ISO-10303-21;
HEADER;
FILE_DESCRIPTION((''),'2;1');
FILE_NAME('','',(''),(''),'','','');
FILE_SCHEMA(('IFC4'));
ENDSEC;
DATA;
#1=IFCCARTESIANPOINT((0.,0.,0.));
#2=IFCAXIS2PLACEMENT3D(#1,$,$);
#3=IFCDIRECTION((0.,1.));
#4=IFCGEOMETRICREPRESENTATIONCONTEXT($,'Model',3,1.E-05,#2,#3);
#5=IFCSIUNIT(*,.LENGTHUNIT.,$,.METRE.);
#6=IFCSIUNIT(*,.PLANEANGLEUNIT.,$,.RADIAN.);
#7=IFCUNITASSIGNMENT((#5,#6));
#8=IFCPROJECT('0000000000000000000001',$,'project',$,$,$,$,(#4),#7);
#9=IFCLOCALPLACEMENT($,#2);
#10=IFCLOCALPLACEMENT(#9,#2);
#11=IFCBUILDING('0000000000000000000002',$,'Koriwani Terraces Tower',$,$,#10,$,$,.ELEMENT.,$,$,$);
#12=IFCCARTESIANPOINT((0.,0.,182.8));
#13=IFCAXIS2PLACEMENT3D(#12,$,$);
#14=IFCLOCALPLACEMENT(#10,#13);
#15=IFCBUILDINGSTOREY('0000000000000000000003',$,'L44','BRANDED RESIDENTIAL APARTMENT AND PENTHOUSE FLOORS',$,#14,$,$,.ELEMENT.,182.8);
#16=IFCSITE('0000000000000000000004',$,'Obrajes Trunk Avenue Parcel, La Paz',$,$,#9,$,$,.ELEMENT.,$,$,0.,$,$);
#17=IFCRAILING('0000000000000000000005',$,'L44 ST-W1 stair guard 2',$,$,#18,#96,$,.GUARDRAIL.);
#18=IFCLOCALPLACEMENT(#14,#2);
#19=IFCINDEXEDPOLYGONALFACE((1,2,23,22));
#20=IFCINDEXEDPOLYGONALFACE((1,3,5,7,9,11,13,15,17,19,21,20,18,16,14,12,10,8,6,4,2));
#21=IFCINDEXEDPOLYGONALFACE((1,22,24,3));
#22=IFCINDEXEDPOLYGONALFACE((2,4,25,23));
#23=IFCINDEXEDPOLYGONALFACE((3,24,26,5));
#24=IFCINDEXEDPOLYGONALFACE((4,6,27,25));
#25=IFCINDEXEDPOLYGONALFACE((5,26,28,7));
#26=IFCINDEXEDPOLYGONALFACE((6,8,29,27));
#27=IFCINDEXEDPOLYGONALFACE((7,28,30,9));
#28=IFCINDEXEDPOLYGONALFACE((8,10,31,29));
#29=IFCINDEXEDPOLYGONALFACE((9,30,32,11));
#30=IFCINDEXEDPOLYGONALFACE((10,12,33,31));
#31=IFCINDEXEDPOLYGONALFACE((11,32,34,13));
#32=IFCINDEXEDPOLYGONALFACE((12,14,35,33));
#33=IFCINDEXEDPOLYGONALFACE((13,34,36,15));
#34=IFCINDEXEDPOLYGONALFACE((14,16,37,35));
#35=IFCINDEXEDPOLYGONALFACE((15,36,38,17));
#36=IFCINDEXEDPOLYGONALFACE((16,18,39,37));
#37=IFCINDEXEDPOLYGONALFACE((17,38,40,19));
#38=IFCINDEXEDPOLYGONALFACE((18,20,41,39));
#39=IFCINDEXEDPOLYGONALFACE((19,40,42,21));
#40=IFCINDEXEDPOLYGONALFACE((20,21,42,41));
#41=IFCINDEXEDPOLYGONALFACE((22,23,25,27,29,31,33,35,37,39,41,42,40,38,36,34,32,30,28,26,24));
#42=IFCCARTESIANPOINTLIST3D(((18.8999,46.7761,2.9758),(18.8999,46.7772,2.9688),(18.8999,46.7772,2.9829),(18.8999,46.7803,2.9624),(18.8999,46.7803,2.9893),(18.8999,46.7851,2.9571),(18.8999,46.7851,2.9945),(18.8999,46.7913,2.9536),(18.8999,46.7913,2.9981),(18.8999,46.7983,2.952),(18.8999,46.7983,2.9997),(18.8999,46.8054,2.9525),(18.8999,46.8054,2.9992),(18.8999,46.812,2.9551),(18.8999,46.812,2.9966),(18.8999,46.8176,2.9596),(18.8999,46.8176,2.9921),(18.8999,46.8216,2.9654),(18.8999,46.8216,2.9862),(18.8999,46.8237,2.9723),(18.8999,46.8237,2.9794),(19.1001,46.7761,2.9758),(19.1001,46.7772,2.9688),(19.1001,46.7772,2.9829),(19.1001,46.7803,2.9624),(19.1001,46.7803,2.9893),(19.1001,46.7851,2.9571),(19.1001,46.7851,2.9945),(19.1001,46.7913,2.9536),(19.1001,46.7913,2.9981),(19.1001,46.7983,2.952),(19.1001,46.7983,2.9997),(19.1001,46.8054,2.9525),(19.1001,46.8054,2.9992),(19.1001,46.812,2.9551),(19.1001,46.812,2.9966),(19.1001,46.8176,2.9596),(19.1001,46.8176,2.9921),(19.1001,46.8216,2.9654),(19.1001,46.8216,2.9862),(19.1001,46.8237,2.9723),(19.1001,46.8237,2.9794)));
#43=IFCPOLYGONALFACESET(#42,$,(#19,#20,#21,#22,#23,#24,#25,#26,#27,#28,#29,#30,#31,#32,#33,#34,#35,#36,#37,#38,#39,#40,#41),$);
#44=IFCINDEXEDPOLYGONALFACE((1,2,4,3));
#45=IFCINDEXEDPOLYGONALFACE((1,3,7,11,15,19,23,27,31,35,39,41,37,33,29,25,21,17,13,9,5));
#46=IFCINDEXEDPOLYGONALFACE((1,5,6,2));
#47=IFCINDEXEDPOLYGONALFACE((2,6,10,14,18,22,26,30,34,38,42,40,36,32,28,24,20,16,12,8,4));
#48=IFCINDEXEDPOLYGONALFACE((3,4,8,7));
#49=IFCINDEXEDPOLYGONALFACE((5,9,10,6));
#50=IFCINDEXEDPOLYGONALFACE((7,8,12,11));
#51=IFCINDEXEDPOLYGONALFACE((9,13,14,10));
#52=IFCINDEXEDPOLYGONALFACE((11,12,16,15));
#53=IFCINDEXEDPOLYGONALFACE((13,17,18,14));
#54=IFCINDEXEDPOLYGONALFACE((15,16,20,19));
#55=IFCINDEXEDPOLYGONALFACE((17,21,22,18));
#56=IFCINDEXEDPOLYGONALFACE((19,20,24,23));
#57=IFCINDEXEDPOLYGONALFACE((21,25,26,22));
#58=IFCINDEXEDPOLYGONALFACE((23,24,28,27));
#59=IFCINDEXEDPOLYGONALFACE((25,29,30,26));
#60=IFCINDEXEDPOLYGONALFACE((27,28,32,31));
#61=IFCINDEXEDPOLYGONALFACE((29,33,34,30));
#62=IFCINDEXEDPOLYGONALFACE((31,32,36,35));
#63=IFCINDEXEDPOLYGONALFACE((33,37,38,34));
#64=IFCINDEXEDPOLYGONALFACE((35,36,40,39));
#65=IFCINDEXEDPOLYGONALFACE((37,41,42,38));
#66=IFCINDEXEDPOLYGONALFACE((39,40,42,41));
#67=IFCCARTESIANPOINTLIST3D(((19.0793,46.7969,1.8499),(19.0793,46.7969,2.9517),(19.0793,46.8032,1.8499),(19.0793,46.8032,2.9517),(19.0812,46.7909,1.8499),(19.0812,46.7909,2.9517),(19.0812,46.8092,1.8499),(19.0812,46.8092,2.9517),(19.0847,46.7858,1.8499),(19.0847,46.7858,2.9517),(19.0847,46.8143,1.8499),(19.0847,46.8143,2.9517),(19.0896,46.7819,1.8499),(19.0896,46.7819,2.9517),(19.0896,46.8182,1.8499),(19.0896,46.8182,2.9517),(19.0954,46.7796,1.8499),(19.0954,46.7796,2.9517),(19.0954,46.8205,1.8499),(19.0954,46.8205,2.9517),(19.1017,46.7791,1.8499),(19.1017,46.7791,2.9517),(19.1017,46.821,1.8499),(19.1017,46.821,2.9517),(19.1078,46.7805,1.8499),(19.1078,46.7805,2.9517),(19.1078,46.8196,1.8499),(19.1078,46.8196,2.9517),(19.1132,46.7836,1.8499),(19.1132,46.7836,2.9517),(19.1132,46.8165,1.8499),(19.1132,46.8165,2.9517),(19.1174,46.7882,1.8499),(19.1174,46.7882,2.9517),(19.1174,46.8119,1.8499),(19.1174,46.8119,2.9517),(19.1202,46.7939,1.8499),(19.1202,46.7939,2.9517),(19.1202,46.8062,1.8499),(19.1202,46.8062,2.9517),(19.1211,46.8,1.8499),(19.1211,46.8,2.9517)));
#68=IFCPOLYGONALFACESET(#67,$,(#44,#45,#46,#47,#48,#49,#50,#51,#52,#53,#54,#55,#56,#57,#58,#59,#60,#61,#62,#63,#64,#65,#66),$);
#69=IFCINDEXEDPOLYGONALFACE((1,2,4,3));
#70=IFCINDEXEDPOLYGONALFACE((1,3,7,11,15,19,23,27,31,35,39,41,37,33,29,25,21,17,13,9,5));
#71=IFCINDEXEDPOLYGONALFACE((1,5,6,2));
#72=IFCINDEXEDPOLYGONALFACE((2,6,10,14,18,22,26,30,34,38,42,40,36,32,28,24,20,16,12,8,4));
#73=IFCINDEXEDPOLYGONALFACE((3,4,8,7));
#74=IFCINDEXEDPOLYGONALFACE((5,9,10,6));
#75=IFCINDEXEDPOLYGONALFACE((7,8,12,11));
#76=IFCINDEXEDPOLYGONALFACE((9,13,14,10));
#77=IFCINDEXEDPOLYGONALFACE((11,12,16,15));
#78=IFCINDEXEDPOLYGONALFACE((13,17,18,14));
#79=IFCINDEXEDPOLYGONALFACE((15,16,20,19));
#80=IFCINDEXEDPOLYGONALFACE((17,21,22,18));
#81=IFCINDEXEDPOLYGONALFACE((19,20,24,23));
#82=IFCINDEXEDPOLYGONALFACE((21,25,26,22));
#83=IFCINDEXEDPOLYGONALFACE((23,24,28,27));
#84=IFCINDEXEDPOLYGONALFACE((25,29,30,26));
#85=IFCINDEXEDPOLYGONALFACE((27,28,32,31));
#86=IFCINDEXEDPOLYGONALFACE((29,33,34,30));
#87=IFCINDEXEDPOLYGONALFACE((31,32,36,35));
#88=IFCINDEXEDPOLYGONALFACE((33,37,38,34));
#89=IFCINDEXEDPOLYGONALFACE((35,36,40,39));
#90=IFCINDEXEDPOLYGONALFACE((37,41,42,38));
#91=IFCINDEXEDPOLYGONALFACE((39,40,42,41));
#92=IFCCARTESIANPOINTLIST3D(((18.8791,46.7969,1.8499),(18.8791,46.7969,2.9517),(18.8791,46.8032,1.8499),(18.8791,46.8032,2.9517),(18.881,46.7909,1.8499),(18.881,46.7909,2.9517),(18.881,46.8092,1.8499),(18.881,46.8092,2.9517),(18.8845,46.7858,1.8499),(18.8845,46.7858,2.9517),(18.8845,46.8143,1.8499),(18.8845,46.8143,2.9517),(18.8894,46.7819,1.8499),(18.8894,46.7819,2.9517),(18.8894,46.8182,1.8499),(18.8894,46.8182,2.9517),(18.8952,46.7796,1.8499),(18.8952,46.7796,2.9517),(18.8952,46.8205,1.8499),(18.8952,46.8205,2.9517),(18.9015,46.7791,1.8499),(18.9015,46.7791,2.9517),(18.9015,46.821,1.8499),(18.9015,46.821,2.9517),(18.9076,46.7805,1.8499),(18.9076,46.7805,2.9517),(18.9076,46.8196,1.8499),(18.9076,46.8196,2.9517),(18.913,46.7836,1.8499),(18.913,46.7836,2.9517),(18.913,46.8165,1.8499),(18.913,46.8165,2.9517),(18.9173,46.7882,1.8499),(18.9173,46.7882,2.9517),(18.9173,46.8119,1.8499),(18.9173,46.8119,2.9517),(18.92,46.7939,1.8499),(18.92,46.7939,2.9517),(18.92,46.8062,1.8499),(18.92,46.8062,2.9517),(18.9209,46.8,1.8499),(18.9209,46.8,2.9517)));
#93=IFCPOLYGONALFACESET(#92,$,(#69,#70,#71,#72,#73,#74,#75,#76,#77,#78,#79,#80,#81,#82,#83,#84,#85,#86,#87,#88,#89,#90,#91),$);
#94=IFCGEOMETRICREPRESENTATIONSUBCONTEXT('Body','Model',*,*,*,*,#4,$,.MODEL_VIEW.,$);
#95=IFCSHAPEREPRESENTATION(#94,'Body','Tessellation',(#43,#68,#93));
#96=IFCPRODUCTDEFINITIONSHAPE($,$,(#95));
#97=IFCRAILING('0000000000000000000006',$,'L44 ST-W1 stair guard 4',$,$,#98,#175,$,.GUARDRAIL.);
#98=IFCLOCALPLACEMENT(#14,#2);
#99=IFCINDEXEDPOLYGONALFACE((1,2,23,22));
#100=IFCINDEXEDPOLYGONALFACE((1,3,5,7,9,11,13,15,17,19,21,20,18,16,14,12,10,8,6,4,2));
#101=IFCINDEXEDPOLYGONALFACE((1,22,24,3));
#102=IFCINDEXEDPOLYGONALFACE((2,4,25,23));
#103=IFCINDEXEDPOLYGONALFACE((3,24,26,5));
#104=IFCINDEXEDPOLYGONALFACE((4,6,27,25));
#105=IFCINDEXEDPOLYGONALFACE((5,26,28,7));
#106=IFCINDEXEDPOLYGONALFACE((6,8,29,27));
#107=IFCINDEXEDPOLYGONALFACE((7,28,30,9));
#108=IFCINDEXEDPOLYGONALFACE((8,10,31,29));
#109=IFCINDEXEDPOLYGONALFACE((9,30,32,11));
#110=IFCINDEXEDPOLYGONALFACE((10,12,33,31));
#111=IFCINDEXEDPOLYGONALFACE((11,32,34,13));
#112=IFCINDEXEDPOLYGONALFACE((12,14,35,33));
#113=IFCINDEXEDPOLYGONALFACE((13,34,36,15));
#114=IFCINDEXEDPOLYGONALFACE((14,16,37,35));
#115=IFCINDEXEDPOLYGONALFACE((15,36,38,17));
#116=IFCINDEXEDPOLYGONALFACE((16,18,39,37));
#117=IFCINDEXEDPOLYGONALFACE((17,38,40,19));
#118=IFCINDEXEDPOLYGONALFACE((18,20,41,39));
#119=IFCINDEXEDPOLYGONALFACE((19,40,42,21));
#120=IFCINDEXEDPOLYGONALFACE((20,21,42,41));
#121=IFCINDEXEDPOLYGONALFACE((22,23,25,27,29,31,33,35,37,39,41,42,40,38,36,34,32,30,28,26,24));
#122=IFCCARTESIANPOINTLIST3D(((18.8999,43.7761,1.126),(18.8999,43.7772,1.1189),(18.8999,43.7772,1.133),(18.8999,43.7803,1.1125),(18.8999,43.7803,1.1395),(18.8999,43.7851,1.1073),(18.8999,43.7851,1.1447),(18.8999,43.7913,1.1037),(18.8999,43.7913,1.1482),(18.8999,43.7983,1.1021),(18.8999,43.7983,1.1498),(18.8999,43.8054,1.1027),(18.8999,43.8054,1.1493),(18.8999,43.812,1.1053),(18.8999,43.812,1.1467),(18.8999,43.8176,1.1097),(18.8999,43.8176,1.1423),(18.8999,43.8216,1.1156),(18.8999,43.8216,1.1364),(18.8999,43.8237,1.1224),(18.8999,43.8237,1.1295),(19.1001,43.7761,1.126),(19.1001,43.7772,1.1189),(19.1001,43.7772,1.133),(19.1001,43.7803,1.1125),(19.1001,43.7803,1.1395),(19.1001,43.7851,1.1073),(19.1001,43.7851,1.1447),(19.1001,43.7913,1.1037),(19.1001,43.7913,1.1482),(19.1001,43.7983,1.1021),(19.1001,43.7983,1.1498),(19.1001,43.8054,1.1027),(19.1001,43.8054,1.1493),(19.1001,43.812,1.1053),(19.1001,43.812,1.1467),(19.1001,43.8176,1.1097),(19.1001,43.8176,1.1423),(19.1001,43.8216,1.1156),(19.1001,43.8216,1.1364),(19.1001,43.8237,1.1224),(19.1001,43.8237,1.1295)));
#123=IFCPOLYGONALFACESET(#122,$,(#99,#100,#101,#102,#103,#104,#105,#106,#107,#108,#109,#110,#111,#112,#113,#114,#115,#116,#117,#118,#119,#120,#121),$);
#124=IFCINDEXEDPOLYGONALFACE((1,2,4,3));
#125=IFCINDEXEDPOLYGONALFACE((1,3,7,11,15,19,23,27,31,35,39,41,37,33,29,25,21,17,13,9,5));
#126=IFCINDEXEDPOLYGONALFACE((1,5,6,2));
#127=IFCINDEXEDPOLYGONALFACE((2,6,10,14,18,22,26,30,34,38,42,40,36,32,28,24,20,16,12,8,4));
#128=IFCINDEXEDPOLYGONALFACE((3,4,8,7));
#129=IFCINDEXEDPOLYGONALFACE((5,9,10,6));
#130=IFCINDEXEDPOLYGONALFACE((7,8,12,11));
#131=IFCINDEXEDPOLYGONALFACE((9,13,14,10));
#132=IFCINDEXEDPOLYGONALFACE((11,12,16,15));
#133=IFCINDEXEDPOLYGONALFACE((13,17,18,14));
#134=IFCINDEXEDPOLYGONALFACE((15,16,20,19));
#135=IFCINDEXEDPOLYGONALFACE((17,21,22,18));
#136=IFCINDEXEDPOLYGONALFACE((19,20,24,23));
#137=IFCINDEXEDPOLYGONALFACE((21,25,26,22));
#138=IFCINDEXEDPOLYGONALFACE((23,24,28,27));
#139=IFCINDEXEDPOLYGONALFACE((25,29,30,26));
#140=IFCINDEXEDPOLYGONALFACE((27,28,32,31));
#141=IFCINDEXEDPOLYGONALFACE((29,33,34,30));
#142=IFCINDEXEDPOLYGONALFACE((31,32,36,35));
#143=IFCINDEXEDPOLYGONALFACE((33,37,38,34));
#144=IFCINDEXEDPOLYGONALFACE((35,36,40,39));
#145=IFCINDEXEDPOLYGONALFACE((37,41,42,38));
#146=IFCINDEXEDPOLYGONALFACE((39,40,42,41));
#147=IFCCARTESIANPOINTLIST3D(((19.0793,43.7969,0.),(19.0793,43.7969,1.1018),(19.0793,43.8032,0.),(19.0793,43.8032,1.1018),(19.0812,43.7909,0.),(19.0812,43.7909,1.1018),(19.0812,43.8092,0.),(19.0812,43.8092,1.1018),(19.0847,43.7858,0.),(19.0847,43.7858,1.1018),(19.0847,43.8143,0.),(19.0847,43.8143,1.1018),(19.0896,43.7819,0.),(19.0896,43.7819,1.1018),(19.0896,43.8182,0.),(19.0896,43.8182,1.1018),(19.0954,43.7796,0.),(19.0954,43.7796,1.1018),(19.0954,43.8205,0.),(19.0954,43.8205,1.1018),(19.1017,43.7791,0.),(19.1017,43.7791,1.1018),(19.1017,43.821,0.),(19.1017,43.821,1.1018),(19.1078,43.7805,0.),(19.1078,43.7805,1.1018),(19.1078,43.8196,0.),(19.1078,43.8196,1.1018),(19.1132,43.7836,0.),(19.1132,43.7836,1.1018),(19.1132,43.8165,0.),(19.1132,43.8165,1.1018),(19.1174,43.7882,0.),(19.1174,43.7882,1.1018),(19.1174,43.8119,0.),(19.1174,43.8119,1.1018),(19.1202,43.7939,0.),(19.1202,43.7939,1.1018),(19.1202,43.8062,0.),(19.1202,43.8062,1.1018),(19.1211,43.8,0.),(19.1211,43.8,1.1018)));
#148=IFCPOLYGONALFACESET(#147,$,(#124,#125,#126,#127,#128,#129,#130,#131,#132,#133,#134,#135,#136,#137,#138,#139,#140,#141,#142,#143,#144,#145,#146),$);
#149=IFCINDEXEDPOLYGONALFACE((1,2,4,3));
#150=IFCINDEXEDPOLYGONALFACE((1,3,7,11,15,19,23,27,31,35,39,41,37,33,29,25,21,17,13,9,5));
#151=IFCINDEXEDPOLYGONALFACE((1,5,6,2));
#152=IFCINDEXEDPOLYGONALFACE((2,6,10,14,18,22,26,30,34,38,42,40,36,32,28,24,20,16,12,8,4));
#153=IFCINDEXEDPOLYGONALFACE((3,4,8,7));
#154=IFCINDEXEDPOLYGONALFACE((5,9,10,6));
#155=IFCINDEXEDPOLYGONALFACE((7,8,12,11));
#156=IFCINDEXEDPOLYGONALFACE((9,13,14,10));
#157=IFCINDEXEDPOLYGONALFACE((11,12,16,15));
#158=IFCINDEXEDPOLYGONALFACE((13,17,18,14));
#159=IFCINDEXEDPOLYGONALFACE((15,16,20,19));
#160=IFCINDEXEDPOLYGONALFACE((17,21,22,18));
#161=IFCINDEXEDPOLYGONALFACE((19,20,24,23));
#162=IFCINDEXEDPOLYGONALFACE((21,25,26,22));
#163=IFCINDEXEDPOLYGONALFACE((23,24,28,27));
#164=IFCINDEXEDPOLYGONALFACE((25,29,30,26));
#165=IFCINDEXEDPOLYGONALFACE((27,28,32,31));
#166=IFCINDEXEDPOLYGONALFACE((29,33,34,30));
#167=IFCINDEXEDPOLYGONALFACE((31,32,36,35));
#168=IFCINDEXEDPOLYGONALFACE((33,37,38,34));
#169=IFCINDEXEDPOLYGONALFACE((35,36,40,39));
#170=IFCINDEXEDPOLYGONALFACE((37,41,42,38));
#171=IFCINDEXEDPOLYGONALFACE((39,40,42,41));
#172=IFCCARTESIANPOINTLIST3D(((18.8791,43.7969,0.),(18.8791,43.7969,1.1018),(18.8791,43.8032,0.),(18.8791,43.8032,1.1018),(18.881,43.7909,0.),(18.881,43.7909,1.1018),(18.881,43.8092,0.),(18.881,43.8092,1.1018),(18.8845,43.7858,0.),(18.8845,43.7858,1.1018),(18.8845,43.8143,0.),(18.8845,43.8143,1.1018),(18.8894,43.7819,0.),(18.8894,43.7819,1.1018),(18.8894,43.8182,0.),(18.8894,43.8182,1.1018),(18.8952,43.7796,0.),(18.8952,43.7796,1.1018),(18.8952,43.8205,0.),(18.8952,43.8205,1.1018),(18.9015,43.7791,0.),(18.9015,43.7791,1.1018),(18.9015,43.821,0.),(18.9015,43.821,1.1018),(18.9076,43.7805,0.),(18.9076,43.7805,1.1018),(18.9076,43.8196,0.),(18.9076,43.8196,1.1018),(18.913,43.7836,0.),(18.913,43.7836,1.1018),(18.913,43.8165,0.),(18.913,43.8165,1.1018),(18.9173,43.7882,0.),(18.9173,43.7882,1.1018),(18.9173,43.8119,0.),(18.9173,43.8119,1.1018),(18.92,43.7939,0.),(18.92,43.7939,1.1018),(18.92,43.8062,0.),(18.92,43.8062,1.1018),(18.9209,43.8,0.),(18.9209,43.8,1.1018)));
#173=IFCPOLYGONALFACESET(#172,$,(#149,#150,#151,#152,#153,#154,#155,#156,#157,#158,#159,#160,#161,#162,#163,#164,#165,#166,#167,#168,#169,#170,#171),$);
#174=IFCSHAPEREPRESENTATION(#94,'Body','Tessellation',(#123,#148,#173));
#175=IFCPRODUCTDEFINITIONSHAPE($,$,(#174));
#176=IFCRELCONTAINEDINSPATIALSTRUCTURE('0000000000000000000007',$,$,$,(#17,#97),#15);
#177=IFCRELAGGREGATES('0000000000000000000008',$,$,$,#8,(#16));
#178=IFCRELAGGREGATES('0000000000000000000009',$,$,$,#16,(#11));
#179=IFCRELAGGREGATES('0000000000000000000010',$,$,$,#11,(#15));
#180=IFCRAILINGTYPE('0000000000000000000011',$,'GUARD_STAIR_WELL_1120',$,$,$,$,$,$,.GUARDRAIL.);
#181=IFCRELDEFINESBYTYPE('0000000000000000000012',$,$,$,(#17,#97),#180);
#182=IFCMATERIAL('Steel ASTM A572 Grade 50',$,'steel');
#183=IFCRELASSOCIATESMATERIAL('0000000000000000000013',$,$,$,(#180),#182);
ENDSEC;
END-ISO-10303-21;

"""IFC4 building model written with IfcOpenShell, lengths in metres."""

from ifc_helpers import new_model, si_unit, direction, frame, origin, origin_2d, place, context, subcontext, project, spatial, circle, extrude, material, type_object, element, save


model = new_model("IFC4")

# Units and contexts
model_context = context("Model", 3, precision=1e-05, world=origin(), true_north=direction((0.0, 1.0)))
body_context = subcontext(model_context, "Body", "Model", "MODEL_VIEW")
ifc_project = project(units=[si_unit("LENGTHUNIT", "METRE"), si_unit("PLANEANGLEUNIT", "RADIAN")], contexts=[model_context])

# Site, building, storey
site_placement = place(None, origin())
site = spatial("IfcSite", under=ifc_project, at=site_placement, Name="Obrajes Trunk Avenue Parcel, La Paz", CompositionType="ELEMENT", RefElevation=0.0)
building_placement = place(site_placement, origin())
building = spatial("IfcBuilding", under=site, at=building_placement, Name="Koriwani Terraces Tower", CompositionType="ELEMENT")
storey_placement = place(building_placement, frame((0.0, 0.0, 182.8)))
storey = spatial("IfcBuildingStorey", under=building, at=storey_placement, Name="L44", Description="BRANDED RESIDENTIAL APARTMENT AND PENTHOUSE FLOORS", CompositionType="ELEMENT", Elevation=182.8)

# Shared definitions
ifc_material_1 = material(Name="Steel ASTM A572 Grade 50", Category="steel")

# Railings
railing_type_1 = type_object("IfcRailingType", Name="GUARD_STAIR_WELL_1120", PredefinedType="GUARDRAIL", material=ifc_material_1)
for number, where, name in (
    (1, (19.1001, 46.8, 1.8499), "L44 ST-W1 stair guard 2"),
    (2, (19.1001, 43.8, 0.0), "L44 ST-W1 stair guard 4"),
):
    element("IfcRailing", number, at=place(storey_placement, frame(where)), inside=storey, type_object=railing_type_1, Name=name, PredefinedType="GUARDRAIL", context=body_context, shape_type="SweptSolid", body=[
        extrude(circle(Radius=0.0239, at=origin_2d()), frame((0.0, 0.0, 1.126), z_axis=(-1.0, 0.0, 0.0), x_axis=(0.0, -1.0, 0.0)), (0.0, 0.0, 1.0), 0.2002),
        extrude(circle(Radius=0.021, at=origin_2d()), origin(), (0.0, 0.0, 1.0), 1.1018),
        extrude(circle(Radius=0.021, at=origin_2d()), frame((-0.2002, 0.0, 0.0)), (0.0, 0.0, 1.0), 1.1018),
    ])

save(model, "model.ifc")
